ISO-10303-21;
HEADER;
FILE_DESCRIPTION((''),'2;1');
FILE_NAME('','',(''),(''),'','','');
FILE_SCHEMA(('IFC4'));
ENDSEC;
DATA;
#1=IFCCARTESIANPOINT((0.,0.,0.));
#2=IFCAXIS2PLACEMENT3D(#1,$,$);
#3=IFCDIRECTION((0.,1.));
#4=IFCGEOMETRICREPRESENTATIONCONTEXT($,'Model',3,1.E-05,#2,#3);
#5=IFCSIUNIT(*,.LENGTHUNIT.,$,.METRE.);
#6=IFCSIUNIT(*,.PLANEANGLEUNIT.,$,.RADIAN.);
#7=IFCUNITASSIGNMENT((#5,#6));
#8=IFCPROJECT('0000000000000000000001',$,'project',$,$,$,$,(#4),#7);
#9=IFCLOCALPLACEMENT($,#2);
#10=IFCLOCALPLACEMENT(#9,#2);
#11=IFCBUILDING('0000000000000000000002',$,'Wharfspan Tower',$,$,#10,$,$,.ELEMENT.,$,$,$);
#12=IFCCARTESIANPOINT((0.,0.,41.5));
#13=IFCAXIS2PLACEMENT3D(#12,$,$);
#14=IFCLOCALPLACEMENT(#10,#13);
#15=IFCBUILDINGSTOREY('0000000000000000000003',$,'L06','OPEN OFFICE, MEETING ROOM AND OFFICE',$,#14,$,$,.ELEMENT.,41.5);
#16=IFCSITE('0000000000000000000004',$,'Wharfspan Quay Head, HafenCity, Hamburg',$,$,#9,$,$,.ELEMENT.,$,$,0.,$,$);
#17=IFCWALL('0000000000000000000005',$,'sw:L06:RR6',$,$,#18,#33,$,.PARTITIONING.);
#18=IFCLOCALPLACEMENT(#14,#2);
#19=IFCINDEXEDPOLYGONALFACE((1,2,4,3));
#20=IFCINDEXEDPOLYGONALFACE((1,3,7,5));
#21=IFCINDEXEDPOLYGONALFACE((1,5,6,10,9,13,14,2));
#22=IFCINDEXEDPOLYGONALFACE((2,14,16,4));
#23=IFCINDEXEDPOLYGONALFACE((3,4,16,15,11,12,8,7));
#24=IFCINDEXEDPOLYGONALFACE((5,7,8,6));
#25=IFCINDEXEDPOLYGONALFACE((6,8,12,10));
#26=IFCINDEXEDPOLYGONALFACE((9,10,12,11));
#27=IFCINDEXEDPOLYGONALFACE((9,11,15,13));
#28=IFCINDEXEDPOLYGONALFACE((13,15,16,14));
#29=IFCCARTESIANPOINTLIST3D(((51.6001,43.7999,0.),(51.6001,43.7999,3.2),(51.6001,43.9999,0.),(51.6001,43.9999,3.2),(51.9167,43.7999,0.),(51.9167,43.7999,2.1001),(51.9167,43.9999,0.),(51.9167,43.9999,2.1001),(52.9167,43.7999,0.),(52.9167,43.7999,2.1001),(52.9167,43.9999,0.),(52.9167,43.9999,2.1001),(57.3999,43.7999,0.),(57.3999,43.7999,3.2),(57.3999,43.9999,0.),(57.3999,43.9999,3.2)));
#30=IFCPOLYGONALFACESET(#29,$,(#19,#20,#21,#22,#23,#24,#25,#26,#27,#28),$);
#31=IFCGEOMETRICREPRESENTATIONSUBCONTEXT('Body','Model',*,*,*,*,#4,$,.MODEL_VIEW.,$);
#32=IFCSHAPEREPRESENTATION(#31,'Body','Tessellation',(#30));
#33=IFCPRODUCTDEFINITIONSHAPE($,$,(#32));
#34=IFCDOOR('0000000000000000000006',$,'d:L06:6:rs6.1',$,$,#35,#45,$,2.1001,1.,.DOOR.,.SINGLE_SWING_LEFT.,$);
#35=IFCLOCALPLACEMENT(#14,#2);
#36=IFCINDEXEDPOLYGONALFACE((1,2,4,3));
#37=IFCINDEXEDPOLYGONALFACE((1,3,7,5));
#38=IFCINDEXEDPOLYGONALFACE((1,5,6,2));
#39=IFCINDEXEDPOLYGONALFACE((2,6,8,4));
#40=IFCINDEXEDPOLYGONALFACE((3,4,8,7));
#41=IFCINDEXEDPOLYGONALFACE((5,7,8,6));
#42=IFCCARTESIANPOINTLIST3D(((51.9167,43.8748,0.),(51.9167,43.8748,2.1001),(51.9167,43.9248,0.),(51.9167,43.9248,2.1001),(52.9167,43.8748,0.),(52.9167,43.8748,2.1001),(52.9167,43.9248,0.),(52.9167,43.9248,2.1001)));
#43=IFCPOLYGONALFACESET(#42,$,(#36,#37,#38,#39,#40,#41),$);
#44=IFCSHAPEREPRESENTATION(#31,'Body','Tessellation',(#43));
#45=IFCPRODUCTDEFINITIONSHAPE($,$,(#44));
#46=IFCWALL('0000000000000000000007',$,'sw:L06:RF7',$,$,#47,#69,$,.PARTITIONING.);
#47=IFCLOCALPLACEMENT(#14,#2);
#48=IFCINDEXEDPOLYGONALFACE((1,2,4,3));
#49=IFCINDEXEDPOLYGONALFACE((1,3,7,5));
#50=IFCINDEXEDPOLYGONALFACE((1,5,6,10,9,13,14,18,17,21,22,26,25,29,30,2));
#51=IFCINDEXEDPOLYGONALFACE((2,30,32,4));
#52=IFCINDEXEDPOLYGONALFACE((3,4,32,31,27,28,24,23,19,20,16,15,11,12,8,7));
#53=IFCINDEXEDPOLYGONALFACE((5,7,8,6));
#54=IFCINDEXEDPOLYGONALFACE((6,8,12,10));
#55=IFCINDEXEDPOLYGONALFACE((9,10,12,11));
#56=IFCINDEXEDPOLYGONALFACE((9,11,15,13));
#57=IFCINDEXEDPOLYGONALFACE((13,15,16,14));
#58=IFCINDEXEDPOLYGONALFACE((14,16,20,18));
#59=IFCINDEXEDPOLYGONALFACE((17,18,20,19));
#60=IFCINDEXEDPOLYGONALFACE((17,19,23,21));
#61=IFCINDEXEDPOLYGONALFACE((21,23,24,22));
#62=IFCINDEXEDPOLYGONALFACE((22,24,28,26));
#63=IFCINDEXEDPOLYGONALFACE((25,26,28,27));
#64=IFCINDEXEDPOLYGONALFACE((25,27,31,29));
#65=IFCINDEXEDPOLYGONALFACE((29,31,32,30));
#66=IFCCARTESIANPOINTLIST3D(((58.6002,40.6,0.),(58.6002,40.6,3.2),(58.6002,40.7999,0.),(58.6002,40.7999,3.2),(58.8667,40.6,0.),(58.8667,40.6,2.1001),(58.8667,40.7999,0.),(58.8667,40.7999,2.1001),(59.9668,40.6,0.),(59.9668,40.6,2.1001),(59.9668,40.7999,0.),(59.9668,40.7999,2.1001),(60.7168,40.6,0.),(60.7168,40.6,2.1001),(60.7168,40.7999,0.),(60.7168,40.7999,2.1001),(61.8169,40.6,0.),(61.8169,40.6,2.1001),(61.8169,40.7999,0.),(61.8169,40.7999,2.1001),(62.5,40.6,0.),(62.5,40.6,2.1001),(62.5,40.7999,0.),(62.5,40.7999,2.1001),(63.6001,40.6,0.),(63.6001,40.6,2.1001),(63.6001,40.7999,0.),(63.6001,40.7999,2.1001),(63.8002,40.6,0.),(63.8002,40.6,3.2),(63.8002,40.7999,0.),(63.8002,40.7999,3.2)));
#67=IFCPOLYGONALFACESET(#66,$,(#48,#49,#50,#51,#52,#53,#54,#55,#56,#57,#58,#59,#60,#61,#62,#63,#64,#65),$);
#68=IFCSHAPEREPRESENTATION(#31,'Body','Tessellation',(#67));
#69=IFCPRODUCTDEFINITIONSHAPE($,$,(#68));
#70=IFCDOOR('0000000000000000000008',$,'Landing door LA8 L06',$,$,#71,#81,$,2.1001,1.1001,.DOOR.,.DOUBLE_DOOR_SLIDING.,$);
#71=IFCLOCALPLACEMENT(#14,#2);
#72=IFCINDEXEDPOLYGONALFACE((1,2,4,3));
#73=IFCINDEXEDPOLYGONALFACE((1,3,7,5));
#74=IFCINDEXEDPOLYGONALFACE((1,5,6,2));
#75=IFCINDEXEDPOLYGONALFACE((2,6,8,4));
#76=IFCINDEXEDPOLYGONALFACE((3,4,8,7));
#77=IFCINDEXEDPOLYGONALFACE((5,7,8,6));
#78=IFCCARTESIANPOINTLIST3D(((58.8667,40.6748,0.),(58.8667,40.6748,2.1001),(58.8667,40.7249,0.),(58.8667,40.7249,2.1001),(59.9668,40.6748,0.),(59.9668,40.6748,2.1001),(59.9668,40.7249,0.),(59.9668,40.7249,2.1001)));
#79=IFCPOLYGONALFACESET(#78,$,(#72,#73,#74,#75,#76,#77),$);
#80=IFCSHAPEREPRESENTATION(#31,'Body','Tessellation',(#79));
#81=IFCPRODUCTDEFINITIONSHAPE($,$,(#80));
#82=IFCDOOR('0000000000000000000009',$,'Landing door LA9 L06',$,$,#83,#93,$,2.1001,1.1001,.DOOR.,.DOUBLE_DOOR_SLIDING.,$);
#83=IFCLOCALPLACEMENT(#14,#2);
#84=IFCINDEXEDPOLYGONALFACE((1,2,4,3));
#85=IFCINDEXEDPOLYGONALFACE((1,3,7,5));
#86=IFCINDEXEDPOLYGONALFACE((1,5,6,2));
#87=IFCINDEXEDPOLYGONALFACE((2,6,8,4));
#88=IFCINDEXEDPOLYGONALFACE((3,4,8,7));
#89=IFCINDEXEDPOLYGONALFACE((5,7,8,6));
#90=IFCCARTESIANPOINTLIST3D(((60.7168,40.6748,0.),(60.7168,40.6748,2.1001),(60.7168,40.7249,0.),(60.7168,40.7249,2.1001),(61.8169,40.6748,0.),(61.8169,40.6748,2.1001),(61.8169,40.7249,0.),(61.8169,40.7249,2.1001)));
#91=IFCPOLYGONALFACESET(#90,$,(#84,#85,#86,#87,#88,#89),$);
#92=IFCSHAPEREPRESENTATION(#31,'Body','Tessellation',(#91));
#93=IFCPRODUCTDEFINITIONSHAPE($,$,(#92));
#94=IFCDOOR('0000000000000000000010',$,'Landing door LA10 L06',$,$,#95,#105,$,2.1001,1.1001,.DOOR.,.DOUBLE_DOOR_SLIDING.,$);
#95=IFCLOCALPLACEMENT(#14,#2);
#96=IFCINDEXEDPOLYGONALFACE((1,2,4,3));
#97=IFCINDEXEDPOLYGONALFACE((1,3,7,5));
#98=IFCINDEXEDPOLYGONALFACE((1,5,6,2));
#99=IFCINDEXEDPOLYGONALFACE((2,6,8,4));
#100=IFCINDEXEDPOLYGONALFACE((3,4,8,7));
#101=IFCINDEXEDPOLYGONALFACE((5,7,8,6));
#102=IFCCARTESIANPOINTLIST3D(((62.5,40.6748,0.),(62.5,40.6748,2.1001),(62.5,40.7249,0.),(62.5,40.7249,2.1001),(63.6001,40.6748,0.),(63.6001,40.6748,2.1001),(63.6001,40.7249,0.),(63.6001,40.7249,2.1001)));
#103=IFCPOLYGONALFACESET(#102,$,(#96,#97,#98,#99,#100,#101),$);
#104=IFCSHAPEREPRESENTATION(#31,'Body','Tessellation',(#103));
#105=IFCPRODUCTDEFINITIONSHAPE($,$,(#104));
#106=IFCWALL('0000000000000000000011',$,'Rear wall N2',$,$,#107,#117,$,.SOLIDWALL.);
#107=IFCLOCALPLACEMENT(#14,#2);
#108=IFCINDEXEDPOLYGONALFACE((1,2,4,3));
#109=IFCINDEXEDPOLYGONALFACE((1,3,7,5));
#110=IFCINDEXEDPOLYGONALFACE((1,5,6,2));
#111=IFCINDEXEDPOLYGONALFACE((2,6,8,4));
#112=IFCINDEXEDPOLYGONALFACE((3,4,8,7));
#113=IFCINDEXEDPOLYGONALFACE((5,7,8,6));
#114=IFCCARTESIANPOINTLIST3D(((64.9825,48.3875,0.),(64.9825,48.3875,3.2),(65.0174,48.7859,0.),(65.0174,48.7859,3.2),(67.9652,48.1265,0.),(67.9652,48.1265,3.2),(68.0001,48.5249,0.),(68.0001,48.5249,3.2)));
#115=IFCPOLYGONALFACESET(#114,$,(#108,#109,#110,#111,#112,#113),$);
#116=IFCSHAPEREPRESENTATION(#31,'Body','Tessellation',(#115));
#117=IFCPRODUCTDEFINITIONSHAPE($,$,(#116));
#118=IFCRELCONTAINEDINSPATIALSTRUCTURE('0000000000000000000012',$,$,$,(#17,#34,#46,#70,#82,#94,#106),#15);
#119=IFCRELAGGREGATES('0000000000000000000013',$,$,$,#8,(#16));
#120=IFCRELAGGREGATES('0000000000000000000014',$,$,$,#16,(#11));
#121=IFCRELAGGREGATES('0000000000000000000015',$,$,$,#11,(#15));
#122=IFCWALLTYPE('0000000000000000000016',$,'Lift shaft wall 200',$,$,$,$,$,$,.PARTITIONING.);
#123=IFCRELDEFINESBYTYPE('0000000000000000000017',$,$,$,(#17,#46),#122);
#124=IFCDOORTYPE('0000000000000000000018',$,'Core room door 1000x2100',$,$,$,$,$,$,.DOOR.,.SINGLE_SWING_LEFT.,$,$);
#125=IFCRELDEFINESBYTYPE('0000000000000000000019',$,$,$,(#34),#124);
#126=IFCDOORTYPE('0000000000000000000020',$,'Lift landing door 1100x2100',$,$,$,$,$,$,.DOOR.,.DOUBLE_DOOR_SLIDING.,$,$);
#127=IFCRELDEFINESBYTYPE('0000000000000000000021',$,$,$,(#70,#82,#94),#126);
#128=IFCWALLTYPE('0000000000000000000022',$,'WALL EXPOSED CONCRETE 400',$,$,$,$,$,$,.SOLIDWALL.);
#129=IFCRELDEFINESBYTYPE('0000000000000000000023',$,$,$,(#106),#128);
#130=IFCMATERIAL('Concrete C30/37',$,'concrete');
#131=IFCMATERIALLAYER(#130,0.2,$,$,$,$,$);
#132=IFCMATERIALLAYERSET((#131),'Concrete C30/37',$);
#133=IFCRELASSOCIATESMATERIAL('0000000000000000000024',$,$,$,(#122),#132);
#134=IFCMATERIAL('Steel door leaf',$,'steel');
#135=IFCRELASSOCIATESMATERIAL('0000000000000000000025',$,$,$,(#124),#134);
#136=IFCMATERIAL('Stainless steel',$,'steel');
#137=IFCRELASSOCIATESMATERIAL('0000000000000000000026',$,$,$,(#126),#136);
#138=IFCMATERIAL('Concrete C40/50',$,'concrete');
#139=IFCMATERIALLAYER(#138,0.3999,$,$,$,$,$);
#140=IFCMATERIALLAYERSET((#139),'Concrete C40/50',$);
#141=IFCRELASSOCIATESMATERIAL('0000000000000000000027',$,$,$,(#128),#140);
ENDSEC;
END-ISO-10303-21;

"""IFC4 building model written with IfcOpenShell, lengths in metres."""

from ifc_helpers import new_model, si_unit, direction, frame, frame_2d, origin, place, context, subcontext, project, spatial, rectangle, extrude, material, layer, layer_set, type_object, element, fill, save


model = new_model("IFC4")

# Units and contexts
model_context = context("Model", 3, precision=1e-05, world=origin(), true_north=direction((0.0, 1.0)))
body_context = subcontext(model_context, "Body", "Model", "MODEL_VIEW")
ifc_project = project(units=[si_unit("LENGTHUNIT", "METRE"), si_unit("PLANEANGLEUNIT", "RADIAN")], contexts=[model_context])

# Site, building, storey
site_placement = place(None, origin())
site = spatial("IfcSite", under=ifc_project, at=site_placement, Name="Wharfspan Quay Head, HafenCity, Hamburg", CompositionType="ELEMENT", RefElevation=0.0)
building_placement = place(site_placement, origin())
building = spatial("IfcBuilding", under=site, at=building_placement, Name="Wharfspan Tower", CompositionType="ELEMENT")
storey_placement = place(building_placement, frame((0.0, 0.0, 41.5)))
storey = spatial("IfcBuildingStorey", under=building, at=storey_placement, Name="L06", Description="OPEN OFFICE, MEETING ROOM AND OFFICE", CompositionType="ELEMENT", Elevation=41.5)

# Wall, opening, door
ifc_material_1 = material(Name="Concrete C30/37", Category="concrete")
ifc_layer_1 = layer(ifc_material_1, 0.2)
ifc_layer_set_1 = layer_set([ifc_layer_1], Name="Concrete C30/37")
wall_type_1 = type_object("IfcWallType", Name="Lift shaft wall 200", PredefinedType="PARTITIONING", material=ifc_layer_set_1)
ifc_material_2 = material(Name="Steel door leaf", Category="steel")
door_type_1 = type_object("IfcDoorType", Name="Core room door 1000x2100", OperationType="SINGLE_SWING_LEFT", PredefinedType="DOOR", material=ifc_material_2)
wall_1_placement = place(storey_placement, frame((51.6001, 43.8999, 0.0), z_axis=(0.0, 0.0, 1.0), x_axis=(1.0, 0.0, 0.0)))
wall_1 = element("IfcWall", 1, at=wall_1_placement, inside=storey, type_object=wall_type_1, Name="sw:L06:RR6", PredefinedType="PARTITIONING", context=body_context, shape_type="SweptSolid", body=[
    extrude(rectangle(XDim=5.7998, YDim=0.2, at=frame_2d((2.8999, 0.0))), origin(), (0.0, 0.0, 1.0), 3.2),
])
opening_1_placement = place(wall_1_placement, frame((0.3166, 0.0, 0.0)))
opening_1 = element("IfcOpeningElement", 2, at=opening_1_placement, cuts=wall_1, PredefinedType="OPENING", context=body_context, shape_type="SweptSolid", body=[
    extrude(rectangle(XDim=1.0, YDim=2.1001, at=frame_2d((0.5, 1.05))), frame((0.0, 0.1099, 0.0), z_axis=(0.0, -1.0, 0.0), x_axis=(1.0, 0.0, 0.0)), (0.0, 0.0, 1.0), 0.22),
])
door_1_placement = place(opening_1_placement, origin())
door_1 = element("IfcDoor", 3, at=door_1_placement, inside=storey, type_object=door_type_1, Name="d:L06:6:rs6.1", OperationType="SINGLE_SWING_LEFT", OverallHeight=2.1001, OverallWidth=1.0, PredefinedType="DOOR", context=body_context, shape_type="SweptSolid", body=[
    extrude(rectangle(XDim=1.0, YDim=2.1001, at=frame_2d((0.5, 1.05))), frame((0.0, 0.0249, 0.0), z_axis=(0.0, -1.0, 0.0), x_axis=(1.0, 0.0, 0.0)), (0.0, 0.0, 1.0), 0.05),
])
fill(opening_1, door_1)

# Wall, openings, doors
wall_2_placement = place(storey_placement, frame((58.6001, 40.7, 0.0), z_axis=(0.0, 0.0, 1.0), x_axis=(1.0, 0.0, 0.0)))
wall_2 = element("IfcWall", 4, at=wall_2_placement, inside=storey, type_object=wall_type_1, Name="sw:L06:RF7", PredefinedType="PARTITIONING", context=body_context, shape_type="SweptSolid", body=[
    extrude(rectangle(XDim=5.2, YDim=0.2, at=frame_2d((2.6001, 0.0))), origin(), (0.0, 0.0, 1.0), 3.2),
])
opening_2_placement = place(wall_2_placement, frame((0.2666, 0.0, 0.0)))
opening_2 = element("IfcOpeningElement", 5, at=opening_2_placement, cuts=wall_2, PredefinedType="OPENING", context=body_context, shape_type="SweptSolid", body=[
    extrude(rectangle(XDim=1.1001, YDim=2.1001, at=frame_2d((0.55, 1.05))), frame((0.0, 0.1099, 0.0), z_axis=(0.0, -1.0, 0.0), x_axis=(1.0, 0.0, 0.0)), (0.0, 0.0, 1.0), 0.22),
])
opening_3_placement = place(wall_2_placement, frame((2.1167, 0.0, 0.0)))
opening_3 = element("IfcOpeningElement", 6, at=opening_3_placement, cuts=wall_2, PredefinedType="OPENING", context=body_context, shape_type="SweptSolid", body=[
    extrude(rectangle(XDim=1.1001, YDim=2.1001, at=frame_2d((0.55, 1.05))), frame((0.0, 0.1099, 0.0), z_axis=(0.0, -1.0, 0.0), x_axis=(1.0, 0.0, 0.0)), (0.0, 0.0, 1.0), 0.22),
])
opening_4_placement = place(wall_2_placement, frame((3.8999, 0.0, 0.0)))
opening_4 = element("IfcOpeningElement", 7, at=opening_4_placement, cuts=wall_2, PredefinedType="OPENING", context=body_context, shape_type="SweptSolid", body=[
    extrude(rectangle(XDim=1.1001, YDim=2.1001, at=frame_2d((0.55, 1.05))), frame((0.0, 0.1099, 0.0), z_axis=(0.0, -1.0, 0.0), x_axis=(1.0, 0.0, 0.0)), (0.0, 0.0, 1.0), 0.22),
])
ifc_material_3 = material(Name="Stainless steel", Category="steel")
door_type_2 = type_object("IfcDoorType", Name="Lift landing door 1100x2100", OperationType="DOUBLE_DOOR_SLIDING", PredefinedType="DOOR", material=ifc_material_3)
door_2_placement = place(opening_2_placement, origin())
door_2 = element("IfcDoor", 8, at=door_2_placement, inside=storey, type_object=door_type_2, Name="Landing door LA8 L06", OperationType="DOUBLE_DOOR_SLIDING", OverallHeight=2.1001, OverallWidth=1.1001, PredefinedType="DOOR", context=body_context, shape_type="SweptSolid", body=[
    extrude(rectangle(XDim=1.1001, YDim=2.1001, at=frame_2d((0.55, 1.05))), frame((0.0, 0.0249, 0.0), z_axis=(0.0, -1.0, 0.0), x_axis=(1.0, 0.0, 0.0)), (0.0, 0.0, 1.0), 0.05),
])
fill(opening_2, door_2)
door_3_placement = place(opening_3_placement, origin())
door_3 = element("IfcDoor", 9, at=door_3_placement, inside=storey, type_object=door_type_2, Name="Landing door LA9 L06", OperationType="DOUBLE_DOOR_SLIDING", OverallHeight=2.1001, OverallWidth=1.1001, PredefinedType="DOOR", context=body_context, shape_type="SweptSolid", body=[
    extrude(rectangle(XDim=1.1001, YDim=2.1001, at=frame_2d((0.55, 1.05))), frame((0.0, 0.0249, 0.0), z_axis=(0.0, -1.0, 0.0), x_axis=(1.0, 0.0, 0.0)), (0.0, 0.0, 1.0), 0.05),
])
fill(opening_3, door_3)
door_4_placement = place(opening_4_placement, origin())
door_4 = element("IfcDoor", 10, at=door_4_placement, inside=storey, type_object=door_type_2, Name="Landing door LA10 L06", OperationType="DOUBLE_DOOR_SLIDING", OverallHeight=2.1001, OverallWidth=1.1001, PredefinedType="DOOR", context=body_context, shape_type="SweptSolid", body=[
    extrude(rectangle(XDim=1.1001, YDim=2.1001, at=frame_2d((0.55, 1.05))), frame((0.0, 0.0249, 0.0), z_axis=(0.0, -1.0, 0.0), x_axis=(1.0, 0.0, 0.0)), (0.0, 0.0, 1.0), 0.05),
])
fill(opening_4, door_4)

# Wall
ifc_material_4 = material(Name="Concrete C40/50", Category="concrete")
ifc_layer_2 = layer(ifc_material_4, 0.3999)
ifc_layer_set_2 = layer_set([ifc_layer_2], Name="Concrete C40/50")
wall_type_2 = type_object("IfcWallType", Name="WALL EXPOSED CONCRETE 400", PredefinedType="SOLIDWALL", material=ifc_layer_set_2)
wall_3_placement = place(storey_placement, frame((67.9827, 48.3257, 0.0), z_axis=(0.0, 0.0, 1.0), x_axis=(-0.996194, 0.087168, 0.0)))
element("IfcWall", 11, at=wall_3_placement, inside=storey, type_object=wall_type_2, Name="Rear wall N2", PredefinedType="SOLIDWALL", context=body_context, shape_type="SweptSolid", body=[
    extrude(rectangle(XDim=2.9941, YDim=0.3999, at=frame_2d((1.4971, 0.0))), origin(), (0.0, 0.0, 1.0), 3.2),
])

save(model, "model.ifc")
